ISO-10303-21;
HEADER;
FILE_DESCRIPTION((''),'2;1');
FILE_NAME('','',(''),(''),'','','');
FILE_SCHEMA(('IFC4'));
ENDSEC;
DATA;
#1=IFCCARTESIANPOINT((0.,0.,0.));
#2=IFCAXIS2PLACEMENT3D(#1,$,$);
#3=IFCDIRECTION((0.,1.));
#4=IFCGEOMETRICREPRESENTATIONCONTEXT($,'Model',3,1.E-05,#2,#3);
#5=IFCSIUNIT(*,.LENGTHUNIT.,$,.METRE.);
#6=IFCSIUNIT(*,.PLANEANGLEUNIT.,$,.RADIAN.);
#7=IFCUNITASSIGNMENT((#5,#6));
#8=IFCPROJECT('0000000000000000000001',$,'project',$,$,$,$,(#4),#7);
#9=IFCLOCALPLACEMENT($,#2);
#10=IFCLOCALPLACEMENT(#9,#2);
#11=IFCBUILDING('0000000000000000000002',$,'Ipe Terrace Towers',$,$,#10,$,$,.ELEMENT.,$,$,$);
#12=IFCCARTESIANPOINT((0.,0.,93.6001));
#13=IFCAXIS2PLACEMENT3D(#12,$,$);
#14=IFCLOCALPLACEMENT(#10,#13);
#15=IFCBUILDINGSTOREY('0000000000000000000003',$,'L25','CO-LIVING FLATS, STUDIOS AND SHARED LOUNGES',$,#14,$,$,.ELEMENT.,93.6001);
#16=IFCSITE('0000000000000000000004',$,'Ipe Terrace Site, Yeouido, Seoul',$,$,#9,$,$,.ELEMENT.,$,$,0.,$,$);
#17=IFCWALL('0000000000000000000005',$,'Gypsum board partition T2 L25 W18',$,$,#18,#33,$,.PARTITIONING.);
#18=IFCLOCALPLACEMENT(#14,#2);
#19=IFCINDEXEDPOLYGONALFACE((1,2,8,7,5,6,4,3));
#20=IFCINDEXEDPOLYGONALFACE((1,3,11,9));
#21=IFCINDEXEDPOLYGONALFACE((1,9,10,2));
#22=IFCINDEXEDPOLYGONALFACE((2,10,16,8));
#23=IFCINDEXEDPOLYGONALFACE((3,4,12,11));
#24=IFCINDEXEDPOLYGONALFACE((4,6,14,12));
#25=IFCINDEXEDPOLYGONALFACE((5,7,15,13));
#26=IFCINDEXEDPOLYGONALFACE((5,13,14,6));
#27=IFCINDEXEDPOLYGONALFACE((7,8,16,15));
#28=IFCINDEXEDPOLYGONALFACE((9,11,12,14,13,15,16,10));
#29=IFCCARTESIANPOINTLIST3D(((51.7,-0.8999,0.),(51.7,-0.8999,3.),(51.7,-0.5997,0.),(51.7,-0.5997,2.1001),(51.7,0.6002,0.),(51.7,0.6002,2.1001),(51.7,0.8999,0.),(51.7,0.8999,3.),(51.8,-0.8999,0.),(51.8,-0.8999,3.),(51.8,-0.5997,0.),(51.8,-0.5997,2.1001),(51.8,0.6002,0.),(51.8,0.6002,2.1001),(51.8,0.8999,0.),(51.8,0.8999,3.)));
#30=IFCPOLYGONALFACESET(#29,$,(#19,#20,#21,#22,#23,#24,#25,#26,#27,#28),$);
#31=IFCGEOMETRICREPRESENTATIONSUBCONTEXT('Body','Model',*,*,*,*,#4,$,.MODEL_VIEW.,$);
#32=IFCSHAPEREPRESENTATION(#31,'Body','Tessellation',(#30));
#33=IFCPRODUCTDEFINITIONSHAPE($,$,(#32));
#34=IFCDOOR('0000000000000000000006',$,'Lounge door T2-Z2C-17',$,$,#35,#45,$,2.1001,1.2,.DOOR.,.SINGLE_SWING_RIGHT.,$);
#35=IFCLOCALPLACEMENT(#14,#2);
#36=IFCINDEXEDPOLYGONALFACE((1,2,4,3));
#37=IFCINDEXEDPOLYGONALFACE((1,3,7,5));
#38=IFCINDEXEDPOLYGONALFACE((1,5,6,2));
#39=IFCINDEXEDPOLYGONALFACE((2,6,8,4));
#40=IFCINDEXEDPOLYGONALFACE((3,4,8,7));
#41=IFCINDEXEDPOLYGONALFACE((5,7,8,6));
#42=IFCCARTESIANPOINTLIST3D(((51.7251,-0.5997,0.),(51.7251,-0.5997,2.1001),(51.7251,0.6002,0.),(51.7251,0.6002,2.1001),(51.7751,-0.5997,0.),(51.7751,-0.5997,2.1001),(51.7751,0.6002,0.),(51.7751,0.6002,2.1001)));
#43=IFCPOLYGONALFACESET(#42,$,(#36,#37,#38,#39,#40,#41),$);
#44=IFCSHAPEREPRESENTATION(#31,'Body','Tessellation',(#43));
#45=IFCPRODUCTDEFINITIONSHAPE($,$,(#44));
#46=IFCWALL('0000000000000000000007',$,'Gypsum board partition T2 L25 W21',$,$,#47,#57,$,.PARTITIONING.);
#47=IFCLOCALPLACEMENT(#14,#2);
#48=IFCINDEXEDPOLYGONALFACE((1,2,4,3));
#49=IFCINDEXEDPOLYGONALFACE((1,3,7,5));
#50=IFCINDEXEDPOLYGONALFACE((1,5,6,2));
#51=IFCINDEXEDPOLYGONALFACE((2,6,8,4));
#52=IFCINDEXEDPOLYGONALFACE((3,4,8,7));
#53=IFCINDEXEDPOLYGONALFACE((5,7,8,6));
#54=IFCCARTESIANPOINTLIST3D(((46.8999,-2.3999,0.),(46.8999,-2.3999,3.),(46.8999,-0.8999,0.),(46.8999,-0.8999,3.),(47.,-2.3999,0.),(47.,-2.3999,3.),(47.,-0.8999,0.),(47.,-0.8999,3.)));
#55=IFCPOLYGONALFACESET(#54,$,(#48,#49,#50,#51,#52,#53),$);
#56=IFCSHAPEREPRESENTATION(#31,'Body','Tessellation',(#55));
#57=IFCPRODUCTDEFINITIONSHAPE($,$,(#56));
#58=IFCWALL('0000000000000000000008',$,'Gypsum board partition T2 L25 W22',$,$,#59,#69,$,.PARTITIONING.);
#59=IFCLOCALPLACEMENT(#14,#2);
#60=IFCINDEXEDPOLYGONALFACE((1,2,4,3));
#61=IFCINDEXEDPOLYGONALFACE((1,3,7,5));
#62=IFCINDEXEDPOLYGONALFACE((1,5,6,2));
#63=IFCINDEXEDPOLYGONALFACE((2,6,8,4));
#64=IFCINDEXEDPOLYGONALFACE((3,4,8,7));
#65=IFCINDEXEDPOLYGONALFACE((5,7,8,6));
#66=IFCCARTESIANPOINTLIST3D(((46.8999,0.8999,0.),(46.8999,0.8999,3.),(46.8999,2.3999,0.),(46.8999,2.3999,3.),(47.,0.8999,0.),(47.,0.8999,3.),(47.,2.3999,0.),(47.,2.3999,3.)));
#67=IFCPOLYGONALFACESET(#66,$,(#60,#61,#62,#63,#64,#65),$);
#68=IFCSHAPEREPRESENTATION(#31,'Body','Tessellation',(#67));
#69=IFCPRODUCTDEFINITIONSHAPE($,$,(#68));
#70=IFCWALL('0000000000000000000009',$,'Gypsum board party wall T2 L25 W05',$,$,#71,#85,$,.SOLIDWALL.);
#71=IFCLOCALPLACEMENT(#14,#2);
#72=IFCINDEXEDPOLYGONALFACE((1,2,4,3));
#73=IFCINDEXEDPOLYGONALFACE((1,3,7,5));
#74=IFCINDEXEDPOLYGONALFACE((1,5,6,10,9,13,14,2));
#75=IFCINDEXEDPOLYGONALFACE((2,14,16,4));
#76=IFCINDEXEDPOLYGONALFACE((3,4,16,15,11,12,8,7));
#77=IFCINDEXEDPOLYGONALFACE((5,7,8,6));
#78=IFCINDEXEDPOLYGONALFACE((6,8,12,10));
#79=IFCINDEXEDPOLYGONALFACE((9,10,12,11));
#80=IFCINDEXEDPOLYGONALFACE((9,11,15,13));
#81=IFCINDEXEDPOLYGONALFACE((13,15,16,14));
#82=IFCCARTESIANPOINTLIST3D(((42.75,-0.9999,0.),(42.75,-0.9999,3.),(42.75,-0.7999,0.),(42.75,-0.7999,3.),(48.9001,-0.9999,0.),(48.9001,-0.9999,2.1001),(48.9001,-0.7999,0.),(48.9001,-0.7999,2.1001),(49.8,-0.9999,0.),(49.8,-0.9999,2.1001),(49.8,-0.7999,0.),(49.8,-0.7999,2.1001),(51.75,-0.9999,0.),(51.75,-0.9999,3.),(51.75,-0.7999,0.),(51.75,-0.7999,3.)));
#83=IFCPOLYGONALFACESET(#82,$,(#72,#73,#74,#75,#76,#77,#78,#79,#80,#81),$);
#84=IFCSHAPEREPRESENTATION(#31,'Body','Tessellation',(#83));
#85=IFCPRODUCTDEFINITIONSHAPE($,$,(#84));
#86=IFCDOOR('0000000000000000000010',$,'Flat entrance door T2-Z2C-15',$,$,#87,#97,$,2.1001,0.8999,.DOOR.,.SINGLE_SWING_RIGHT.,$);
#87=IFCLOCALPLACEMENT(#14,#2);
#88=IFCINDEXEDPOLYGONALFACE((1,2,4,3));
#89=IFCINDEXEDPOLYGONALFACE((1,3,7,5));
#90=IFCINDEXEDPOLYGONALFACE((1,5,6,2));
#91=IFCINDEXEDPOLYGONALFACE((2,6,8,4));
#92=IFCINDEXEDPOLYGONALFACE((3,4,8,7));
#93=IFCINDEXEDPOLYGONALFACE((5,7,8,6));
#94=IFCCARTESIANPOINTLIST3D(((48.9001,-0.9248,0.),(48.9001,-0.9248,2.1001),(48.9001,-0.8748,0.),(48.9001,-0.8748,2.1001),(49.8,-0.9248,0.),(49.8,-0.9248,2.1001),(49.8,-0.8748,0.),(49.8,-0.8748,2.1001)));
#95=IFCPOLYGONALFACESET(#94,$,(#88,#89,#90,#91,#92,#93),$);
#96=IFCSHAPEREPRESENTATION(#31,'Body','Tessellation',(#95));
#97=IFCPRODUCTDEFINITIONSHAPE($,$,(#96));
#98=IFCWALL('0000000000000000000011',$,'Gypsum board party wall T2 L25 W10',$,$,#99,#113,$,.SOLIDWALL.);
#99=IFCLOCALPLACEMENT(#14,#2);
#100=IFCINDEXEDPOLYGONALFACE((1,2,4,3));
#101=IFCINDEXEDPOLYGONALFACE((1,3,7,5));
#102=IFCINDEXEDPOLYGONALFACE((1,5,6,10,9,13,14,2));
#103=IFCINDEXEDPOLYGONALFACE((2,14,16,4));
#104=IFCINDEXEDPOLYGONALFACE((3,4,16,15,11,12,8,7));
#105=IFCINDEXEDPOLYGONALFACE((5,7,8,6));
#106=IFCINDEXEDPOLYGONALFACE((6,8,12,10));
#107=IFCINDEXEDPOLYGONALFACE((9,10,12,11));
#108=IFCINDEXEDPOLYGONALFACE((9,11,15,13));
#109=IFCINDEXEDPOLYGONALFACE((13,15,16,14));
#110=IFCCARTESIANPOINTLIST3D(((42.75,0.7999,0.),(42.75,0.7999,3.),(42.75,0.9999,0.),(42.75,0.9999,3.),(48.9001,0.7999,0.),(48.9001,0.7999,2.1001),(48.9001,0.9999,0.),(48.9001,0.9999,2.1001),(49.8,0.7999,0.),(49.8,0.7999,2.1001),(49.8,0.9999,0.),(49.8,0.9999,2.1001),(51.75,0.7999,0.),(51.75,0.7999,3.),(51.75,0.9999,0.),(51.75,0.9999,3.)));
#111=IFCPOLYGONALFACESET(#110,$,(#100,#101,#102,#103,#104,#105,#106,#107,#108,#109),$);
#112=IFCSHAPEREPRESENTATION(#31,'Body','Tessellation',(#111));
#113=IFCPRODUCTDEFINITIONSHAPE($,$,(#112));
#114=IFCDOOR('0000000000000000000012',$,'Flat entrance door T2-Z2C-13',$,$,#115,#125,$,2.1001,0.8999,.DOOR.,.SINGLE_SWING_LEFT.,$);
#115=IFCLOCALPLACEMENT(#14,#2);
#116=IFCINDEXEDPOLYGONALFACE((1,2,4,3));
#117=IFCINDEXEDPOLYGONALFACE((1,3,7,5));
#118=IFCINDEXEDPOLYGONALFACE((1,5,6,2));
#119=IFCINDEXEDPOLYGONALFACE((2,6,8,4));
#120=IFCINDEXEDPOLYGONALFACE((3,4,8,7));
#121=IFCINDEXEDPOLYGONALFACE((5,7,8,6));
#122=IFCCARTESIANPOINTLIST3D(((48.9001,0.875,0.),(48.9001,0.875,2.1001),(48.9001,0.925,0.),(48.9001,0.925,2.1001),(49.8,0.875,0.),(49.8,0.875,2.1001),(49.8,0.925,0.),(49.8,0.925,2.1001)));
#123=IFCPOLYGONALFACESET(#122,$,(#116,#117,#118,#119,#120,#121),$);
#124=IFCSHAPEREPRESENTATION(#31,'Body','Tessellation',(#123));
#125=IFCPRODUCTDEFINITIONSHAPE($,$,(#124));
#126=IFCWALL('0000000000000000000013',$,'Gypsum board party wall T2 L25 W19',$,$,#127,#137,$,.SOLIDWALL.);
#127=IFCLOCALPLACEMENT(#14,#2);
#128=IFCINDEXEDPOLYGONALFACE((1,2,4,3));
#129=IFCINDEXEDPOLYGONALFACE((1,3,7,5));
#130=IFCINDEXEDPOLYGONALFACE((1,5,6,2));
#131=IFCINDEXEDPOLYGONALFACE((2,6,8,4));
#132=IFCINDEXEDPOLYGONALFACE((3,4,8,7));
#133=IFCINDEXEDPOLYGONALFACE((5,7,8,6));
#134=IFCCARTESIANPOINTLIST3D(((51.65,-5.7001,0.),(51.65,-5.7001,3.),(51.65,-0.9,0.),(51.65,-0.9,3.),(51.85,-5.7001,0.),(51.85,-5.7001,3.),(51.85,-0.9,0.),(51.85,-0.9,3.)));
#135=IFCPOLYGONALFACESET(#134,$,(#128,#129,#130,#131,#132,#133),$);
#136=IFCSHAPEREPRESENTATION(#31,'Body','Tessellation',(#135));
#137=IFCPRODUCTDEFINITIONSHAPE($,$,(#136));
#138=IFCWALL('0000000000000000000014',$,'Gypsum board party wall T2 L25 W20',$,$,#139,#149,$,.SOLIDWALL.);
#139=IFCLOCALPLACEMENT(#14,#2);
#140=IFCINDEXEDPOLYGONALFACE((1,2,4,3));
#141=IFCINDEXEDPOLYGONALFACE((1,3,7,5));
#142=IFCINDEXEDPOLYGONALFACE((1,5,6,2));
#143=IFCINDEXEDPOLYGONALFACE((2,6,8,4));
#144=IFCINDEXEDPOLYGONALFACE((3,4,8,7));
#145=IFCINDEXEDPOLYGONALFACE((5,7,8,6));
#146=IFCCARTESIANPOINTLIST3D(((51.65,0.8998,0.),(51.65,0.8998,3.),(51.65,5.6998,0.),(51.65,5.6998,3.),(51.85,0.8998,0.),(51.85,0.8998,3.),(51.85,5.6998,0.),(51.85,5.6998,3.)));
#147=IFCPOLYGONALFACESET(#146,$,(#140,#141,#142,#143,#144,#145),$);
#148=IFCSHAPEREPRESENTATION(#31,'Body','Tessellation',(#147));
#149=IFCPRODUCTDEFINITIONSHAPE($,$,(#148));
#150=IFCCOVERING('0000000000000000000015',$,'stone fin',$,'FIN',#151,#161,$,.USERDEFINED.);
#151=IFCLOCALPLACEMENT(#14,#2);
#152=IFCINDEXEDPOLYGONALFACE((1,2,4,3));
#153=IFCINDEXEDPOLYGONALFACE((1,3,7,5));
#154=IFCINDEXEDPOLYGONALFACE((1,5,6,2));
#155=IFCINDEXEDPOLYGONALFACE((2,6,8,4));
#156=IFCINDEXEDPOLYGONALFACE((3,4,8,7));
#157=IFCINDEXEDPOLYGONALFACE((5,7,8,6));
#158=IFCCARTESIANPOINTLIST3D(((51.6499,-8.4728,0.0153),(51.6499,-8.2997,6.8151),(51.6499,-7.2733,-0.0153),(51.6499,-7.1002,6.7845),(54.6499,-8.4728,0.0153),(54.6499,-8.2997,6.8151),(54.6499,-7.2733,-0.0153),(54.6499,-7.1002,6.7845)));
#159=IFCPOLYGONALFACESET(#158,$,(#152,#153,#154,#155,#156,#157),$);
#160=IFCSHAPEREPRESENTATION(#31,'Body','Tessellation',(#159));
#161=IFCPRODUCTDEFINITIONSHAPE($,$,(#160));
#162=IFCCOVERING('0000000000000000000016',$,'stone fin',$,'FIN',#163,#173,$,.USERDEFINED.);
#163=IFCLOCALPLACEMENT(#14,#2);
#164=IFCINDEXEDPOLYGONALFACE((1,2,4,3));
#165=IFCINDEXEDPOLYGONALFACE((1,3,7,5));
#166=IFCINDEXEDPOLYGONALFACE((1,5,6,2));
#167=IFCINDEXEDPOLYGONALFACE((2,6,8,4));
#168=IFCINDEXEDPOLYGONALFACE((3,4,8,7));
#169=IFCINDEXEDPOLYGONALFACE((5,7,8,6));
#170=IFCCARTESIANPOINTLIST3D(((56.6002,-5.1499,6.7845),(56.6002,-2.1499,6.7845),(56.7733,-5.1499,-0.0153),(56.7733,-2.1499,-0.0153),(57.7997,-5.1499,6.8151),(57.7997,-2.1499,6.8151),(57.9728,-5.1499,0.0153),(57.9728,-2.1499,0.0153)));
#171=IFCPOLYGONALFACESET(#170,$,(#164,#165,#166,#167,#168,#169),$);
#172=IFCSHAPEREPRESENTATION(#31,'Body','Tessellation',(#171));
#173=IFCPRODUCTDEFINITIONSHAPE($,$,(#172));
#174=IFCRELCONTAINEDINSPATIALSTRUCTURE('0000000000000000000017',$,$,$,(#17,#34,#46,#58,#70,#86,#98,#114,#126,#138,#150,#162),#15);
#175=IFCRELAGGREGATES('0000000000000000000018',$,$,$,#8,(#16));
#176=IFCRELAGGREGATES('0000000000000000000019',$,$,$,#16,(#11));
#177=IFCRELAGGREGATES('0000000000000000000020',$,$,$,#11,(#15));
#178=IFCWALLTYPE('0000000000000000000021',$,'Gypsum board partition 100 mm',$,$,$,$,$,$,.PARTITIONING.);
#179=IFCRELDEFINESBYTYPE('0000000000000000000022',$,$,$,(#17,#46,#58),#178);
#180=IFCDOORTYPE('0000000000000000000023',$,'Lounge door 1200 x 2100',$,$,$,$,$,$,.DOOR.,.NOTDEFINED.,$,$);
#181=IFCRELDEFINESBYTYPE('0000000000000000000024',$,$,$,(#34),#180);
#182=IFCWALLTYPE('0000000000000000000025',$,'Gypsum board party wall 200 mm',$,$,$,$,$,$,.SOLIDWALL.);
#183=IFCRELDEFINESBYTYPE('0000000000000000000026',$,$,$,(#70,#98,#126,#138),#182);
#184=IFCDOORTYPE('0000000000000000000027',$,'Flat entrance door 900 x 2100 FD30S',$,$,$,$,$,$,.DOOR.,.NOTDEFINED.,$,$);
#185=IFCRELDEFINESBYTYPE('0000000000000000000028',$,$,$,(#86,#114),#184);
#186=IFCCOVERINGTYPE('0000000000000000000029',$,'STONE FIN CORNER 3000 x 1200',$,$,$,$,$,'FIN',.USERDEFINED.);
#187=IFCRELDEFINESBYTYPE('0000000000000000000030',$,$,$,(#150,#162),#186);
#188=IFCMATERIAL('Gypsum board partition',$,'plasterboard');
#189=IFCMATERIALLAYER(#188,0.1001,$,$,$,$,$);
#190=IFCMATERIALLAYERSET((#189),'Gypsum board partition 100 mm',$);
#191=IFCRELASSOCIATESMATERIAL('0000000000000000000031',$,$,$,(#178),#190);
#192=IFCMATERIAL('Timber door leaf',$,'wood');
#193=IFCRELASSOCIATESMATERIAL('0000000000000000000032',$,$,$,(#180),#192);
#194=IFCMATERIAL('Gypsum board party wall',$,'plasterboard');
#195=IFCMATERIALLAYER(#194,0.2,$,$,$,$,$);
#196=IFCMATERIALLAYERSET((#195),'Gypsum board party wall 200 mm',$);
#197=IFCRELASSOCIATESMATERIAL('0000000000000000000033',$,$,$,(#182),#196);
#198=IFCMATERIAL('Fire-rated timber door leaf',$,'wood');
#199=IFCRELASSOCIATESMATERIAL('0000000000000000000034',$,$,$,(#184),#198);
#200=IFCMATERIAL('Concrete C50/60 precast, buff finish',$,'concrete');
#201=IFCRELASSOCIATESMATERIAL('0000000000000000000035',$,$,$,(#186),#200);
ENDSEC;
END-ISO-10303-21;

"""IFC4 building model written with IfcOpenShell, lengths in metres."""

from ifc_helpers import new_model, si_unit, direction, frame, frame_2d, origin, origin_2d, place, context, subcontext, project, spatial, rectangle, extrude, material, layer, layer_set, material_profile, profile_set, type_object, element, fill, save


model = new_model("IFC4")

# Units and contexts
model_context = context("Model", 3, precision=1e-05, world=origin(), true_north=direction((0.0, 1.0)))
body_context = subcontext(model_context, "Body", "Model", "MODEL_VIEW")
ifc_project = project(units=[si_unit("LENGTHUNIT", "METRE"), si_unit("PLANEANGLEUNIT", "RADIAN")], contexts=[model_context])

# Site, building, storey
site_placement = place(None, origin())
site = spatial("IfcSite", under=ifc_project, at=site_placement, Name="Ipe Terrace Site, Yeouido, Seoul", CompositionType="ELEMENT", RefElevation=0.0)
building_placement = place(site_placement, origin())
building = spatial("IfcBuilding", under=site, at=building_placement, Name="Ipe Terrace Towers", CompositionType="ELEMENT")
storey_placement = place(building_placement, frame((0.0, 0.0, 93.6001)))
storey = spatial("IfcBuildingStorey", under=building, at=storey_placement, Name="L25", Description="CO-LIVING FLATS, STUDIOS AND SHARED LOUNGES", CompositionType="ELEMENT", Elevation=93.6001)

# Wall, opening, door
ifc_material_1 = material(Name="Gypsum board partition", Category="plasterboard")
ifc_layer_1 = layer(ifc_material_1, 0.1001)
ifc_layer_set_1 = layer_set([ifc_layer_1], Name="Gypsum board partition 100 mm")
wall_type_1 = type_object("IfcWallType", Name="Gypsum board partition 100 mm", PredefinedType="PARTITIONING", material=ifc_layer_set_1)
wall_1_placement = place(storey_placement, frame((51.75, -0.8999, 0.0), z_axis=(0.0, 0.0, 1.0), x_axis=(0.0, 1.0, 0.0)))
wall_1 = element("IfcWall", 1, at=wall_1_placement, inside=storey, type_object=wall_type_1, Name="Gypsum board partition T2 L25 W18", PredefinedType="PARTITIONING", context=body_context, shape_type="SweptSolid", body=[
    extrude(rectangle(XDim=1.7998, YDim=0.1001, at=frame_2d((0.8999, 0.0))), origin(), (0.0, 0.0, 1.0), 3.0),
])
opening_1_placement = place(wall_1_placement, frame((0.3, 0.0, 0.0)))
opening_1 = element("IfcOpeningElement", 2, at=opening_1_placement, cuts=wall_1, PredefinedType="OPENING", context=body_context, shape_type="SweptSolid", body=[
    extrude(rectangle(XDim=1.2, YDim=2.1001, at=frame_2d((0.6001, 1.05))), frame((0.0, 0.0601, 0.0), z_axis=(0.0, -1.0, 0.0), x_axis=(1.0, 0.0, 0.0)), (0.0, 0.0, 1.0), 0.1201),
])
ifc_material_2 = material(Name="Timber door leaf", Category="wood")
door_type_1 = type_object("IfcDoorType", Name="Lounge door 1200 x 2100", OperationType="NOTDEFINED", PredefinedType="DOOR", material=ifc_material_2)
door_1_placement = place(opening_1_placement, origin())
door_1 = element("IfcDoor", 3, at=door_1_placement, inside=storey, type_object=door_type_1, Name="Lounge door T2-Z2C-17", OperationType="SINGLE_SWING_RIGHT", OverallHeight=2.1001, OverallWidth=1.2, PredefinedType="DOOR", context=body_context, shape_type="SweptSolid", body=[
    extrude(rectangle(XDim=1.2, YDim=2.1001, at=frame_2d((0.6001, 1.05))), frame((0.0, 0.0249, 0.0), z_axis=(0.0, -1.0, 0.0), x_axis=(1.0, 0.0, 0.0)), (0.0, 0.0, 1.0), 0.05),
])
fill(opening_1, door_1)

# Walls
for number, where, z_axis, x_axis, name in (
    (4, (46.95, -2.3999, 0.0), (0.0, 0.0, 1.0), (0.0, 1.0, 0.0), "Gypsum board partition T2 L25 W21"),
    (5, (46.95, 0.8999, 0.0), (0.0, 0.0, 1.0), (0.0, 1.0, 0.0), "Gypsum board partition T2 L25 W22"),
):
    element("IfcWall", number, at=place(storey_placement, frame(where, z_axis=z_axis, x_axis=x_axis)), inside=storey, type_object=wall_type_1, Name=name, PredefinedType="PARTITIONING", context=body_context, shape_type="SweptSolid", body=[
        extrude(rectangle(XDim=1.5, YDim=0.1001, at=frame_2d((0.75, 0.0))), origin(), (0.0, 0.0, 1.0), 3.0),
    ])

# Walls, openings, doors
ifc_material_3 = material(Name="Gypsum board party wall", Category="plasterboard")
ifc_layer_2 = layer(ifc_material_3, 0.2)
ifc_layer_set_2 = layer_set([ifc_layer_2], Name="Gypsum board party wall 200 mm")
wall_type_2 = type_object("IfcWallType", Name="Gypsum board party wall 200 mm", PredefinedType="SOLIDWALL", material=ifc_layer_set_2)
wall_2_placement = place(storey_placement, frame((51.75, -0.8999, 0.0), z_axis=(0.0, 0.0, 1.0), x_axis=(-1.0, 0.0, 0.0)))
wall_2 = element("IfcWall", 6, at=wall_2_placement, inside=storey, type_object=wall_type_2, Name="Gypsum board party wall T2 L25 W05", PredefinedType="SOLIDWALL", context=body_context, shape_type="SweptSolid", body=[
    extrude(rectangle(XDim=9.0, YDim=0.2, at=frame_2d((4.5, 0.0))), origin(), (0.0, 0.0, 1.0), 3.0),
])
opening_2_placement = place(wall_2_placement, frame((1.95, 0.0, 0.0)))
opening_2 = element("IfcOpeningElement", 7, at=opening_2_placement, cuts=wall_2, PredefinedType="OPENING", context=body_context, shape_type="SweptSolid", body=[
    extrude(rectangle(XDim=0.8999, YDim=2.1001, at=frame_2d((0.45, 1.05))), frame((0.0, 0.1099, 0.0), z_axis=(0.0, -1.0, 0.0), x_axis=(1.0, 0.0, 0.0)), (0.0, 0.0, 1.0), 0.22),
])
ifc_material_4 = material(Name="Fire-rated timber door leaf", Category="wood")
door_type_2 = type_object("IfcDoorType", Name="Flat entrance door 900 x 2100 FD30S", OperationType="NOTDEFINED", PredefinedType="DOOR", material=ifc_material_4)
door_2_placement = place(opening_2_placement, origin())
door_2 = element("IfcDoor", 8, at=door_2_placement, inside=storey, type_object=door_type_2, Name="Flat entrance door T2-Z2C-15", OperationType="SINGLE_SWING_RIGHT", OverallHeight=2.1001, OverallWidth=0.8999, PredefinedType="DOOR", context=body_context, shape_type="SweptSolid", body=[
    extrude(rectangle(XDim=0.8999, YDim=2.1001, at=frame_2d((0.45, 1.05))), frame((0.0, 0.0249, 0.0), z_axis=(0.0, -1.0, 0.0), x_axis=(1.0, 0.0, 0.0)), (0.0, 0.0, 1.0), 0.05),
])
fill(opening_2, door_2)
wall_3_placement = place(storey_placement, frame((51.75, 0.8999, 0.0), z_axis=(0.0, 0.0, 1.0), x_axis=(-1.0, 0.0, 0.0)))
wall_3 = element("IfcWall", 9, at=wall_3_placement, inside=storey, type_object=wall_type_2, Name="Gypsum board party wall T2 L25 W10", PredefinedType="SOLIDWALL", context=body_context, shape_type="SweptSolid", body=[
    extrude(rectangle(XDim=9.0, YDim=0.2, at=frame_2d((4.5, 0.0))), origin(), (0.0, 0.0, 1.0), 3.0),
])
opening_3_placement = place(wall_3_placement, frame((1.95, 0.0, 0.0)))
opening_3 = element("IfcOpeningElement", 10, at=opening_3_placement, cuts=wall_3, PredefinedType="OPENING", context=body_context, shape_type="SweptSolid", body=[
    extrude(rectangle(XDim=0.8999, YDim=2.1001, at=frame_2d((0.45, 1.05))), frame((0.0, 0.1099, 0.0), z_axis=(0.0, -1.0, 0.0), x_axis=(1.0, 0.0, 0.0)), (0.0, 0.0, 1.0), 0.22),
])
door_3_placement = place(opening_3_placement, origin())
door_3 = element("IfcDoor", 11, at=door_3_placement, inside=storey, type_object=door_type_2, Name="Flat entrance door T2-Z2C-13", OperationType="SINGLE_SWING_LEFT", OverallHeight=2.1001, OverallWidth=0.8999, PredefinedType="DOOR", context=body_context, shape_type="SweptSolid", body=[
    extrude(rectangle(XDim=0.8999, YDim=2.1001, at=frame_2d((0.45, 1.05))), frame((0.0, 0.0249, 0.0), z_axis=(0.0, -1.0, 0.0), x_axis=(1.0, 0.0, 0.0)), (0.0, 0.0, 1.0), 0.05),
])
fill(opening_3, door_3)

# Walls
for number, where, z_axis, x_axis, name in (
    (12, (51.75, -5.7, 0.0), (0.0, 0.0, 1.0), (0.0, 1.0, 0.0), "Gypsum board party wall T2 L25 W19"),
    (13, (51.75, 0.8999, 0.0), (0.0, 0.0, 1.0), (0.0, 1.0, 0.0), "Gypsum board party wall T2 L25 W20"),
):
    element("IfcWall", number, at=place(storey_placement, frame(where, z_axis=z_axis, x_axis=x_axis)), inside=storey, type_object=wall_type_2, Name=name, PredefinedType="SOLIDWALL", context=body_context, shape_type="SweptSolid", body=[
        extrude(rectangle(XDim=4.8, YDim=0.2, at=frame_2d((2.3999, 0.0))), origin(), (0.0, 0.0, 1.0), 3.0),
    ])

# Coverings
ifc_material_5 = material(Name="Concrete C50/60 precast, buff finish", Category="concrete")
ifc_material_profile_1 = material_profile(ifc_material_5, rectangle(XDim=3.0, YDim=1.2, at=origin_2d()), Name="STONE FIN CORNER 3000 x 1200")
ifc_profile_set_1 = profile_set([ifc_material_profile_1], Name="Concrete C50/60 precast, buff finish")
covering_type_1 = type_object("IfcCoveringType", Name="STONE FIN CORNER 3000 x 1200", ElementType="FIN", PredefinedType="USERDEFINED", material=ifc_profile_set_1)
for number, where, z_axis, x_axis, name in (
    (14, (53.1499, -7.873, 0.0), (0.0, 0.025448, 0.999676), (1.0, 0.0, 0.0), "stone fin"),
    (15, (57.373, -3.6499, 0.0), (-0.025448, 0.0, 0.999676), (0.0, 1.0, 0.0), "stone fin"),
):
    element("IfcCovering", number, at=place(storey_placement, frame(where, z_axis=z_axis, x_axis=x_axis)), inside=storey, type_object=covering_type_1, Name=name, ObjectType="FIN", PredefinedType="USERDEFINED", context=body_context, shape_type="SweptSolid", body=[
        extrude(rectangle(XDim=3.0, YDim=1.2, at=origin_2d()), origin(), (0.0, 0.0, 1.0), 6.802),
    ])

save(model, "model.ifc")
